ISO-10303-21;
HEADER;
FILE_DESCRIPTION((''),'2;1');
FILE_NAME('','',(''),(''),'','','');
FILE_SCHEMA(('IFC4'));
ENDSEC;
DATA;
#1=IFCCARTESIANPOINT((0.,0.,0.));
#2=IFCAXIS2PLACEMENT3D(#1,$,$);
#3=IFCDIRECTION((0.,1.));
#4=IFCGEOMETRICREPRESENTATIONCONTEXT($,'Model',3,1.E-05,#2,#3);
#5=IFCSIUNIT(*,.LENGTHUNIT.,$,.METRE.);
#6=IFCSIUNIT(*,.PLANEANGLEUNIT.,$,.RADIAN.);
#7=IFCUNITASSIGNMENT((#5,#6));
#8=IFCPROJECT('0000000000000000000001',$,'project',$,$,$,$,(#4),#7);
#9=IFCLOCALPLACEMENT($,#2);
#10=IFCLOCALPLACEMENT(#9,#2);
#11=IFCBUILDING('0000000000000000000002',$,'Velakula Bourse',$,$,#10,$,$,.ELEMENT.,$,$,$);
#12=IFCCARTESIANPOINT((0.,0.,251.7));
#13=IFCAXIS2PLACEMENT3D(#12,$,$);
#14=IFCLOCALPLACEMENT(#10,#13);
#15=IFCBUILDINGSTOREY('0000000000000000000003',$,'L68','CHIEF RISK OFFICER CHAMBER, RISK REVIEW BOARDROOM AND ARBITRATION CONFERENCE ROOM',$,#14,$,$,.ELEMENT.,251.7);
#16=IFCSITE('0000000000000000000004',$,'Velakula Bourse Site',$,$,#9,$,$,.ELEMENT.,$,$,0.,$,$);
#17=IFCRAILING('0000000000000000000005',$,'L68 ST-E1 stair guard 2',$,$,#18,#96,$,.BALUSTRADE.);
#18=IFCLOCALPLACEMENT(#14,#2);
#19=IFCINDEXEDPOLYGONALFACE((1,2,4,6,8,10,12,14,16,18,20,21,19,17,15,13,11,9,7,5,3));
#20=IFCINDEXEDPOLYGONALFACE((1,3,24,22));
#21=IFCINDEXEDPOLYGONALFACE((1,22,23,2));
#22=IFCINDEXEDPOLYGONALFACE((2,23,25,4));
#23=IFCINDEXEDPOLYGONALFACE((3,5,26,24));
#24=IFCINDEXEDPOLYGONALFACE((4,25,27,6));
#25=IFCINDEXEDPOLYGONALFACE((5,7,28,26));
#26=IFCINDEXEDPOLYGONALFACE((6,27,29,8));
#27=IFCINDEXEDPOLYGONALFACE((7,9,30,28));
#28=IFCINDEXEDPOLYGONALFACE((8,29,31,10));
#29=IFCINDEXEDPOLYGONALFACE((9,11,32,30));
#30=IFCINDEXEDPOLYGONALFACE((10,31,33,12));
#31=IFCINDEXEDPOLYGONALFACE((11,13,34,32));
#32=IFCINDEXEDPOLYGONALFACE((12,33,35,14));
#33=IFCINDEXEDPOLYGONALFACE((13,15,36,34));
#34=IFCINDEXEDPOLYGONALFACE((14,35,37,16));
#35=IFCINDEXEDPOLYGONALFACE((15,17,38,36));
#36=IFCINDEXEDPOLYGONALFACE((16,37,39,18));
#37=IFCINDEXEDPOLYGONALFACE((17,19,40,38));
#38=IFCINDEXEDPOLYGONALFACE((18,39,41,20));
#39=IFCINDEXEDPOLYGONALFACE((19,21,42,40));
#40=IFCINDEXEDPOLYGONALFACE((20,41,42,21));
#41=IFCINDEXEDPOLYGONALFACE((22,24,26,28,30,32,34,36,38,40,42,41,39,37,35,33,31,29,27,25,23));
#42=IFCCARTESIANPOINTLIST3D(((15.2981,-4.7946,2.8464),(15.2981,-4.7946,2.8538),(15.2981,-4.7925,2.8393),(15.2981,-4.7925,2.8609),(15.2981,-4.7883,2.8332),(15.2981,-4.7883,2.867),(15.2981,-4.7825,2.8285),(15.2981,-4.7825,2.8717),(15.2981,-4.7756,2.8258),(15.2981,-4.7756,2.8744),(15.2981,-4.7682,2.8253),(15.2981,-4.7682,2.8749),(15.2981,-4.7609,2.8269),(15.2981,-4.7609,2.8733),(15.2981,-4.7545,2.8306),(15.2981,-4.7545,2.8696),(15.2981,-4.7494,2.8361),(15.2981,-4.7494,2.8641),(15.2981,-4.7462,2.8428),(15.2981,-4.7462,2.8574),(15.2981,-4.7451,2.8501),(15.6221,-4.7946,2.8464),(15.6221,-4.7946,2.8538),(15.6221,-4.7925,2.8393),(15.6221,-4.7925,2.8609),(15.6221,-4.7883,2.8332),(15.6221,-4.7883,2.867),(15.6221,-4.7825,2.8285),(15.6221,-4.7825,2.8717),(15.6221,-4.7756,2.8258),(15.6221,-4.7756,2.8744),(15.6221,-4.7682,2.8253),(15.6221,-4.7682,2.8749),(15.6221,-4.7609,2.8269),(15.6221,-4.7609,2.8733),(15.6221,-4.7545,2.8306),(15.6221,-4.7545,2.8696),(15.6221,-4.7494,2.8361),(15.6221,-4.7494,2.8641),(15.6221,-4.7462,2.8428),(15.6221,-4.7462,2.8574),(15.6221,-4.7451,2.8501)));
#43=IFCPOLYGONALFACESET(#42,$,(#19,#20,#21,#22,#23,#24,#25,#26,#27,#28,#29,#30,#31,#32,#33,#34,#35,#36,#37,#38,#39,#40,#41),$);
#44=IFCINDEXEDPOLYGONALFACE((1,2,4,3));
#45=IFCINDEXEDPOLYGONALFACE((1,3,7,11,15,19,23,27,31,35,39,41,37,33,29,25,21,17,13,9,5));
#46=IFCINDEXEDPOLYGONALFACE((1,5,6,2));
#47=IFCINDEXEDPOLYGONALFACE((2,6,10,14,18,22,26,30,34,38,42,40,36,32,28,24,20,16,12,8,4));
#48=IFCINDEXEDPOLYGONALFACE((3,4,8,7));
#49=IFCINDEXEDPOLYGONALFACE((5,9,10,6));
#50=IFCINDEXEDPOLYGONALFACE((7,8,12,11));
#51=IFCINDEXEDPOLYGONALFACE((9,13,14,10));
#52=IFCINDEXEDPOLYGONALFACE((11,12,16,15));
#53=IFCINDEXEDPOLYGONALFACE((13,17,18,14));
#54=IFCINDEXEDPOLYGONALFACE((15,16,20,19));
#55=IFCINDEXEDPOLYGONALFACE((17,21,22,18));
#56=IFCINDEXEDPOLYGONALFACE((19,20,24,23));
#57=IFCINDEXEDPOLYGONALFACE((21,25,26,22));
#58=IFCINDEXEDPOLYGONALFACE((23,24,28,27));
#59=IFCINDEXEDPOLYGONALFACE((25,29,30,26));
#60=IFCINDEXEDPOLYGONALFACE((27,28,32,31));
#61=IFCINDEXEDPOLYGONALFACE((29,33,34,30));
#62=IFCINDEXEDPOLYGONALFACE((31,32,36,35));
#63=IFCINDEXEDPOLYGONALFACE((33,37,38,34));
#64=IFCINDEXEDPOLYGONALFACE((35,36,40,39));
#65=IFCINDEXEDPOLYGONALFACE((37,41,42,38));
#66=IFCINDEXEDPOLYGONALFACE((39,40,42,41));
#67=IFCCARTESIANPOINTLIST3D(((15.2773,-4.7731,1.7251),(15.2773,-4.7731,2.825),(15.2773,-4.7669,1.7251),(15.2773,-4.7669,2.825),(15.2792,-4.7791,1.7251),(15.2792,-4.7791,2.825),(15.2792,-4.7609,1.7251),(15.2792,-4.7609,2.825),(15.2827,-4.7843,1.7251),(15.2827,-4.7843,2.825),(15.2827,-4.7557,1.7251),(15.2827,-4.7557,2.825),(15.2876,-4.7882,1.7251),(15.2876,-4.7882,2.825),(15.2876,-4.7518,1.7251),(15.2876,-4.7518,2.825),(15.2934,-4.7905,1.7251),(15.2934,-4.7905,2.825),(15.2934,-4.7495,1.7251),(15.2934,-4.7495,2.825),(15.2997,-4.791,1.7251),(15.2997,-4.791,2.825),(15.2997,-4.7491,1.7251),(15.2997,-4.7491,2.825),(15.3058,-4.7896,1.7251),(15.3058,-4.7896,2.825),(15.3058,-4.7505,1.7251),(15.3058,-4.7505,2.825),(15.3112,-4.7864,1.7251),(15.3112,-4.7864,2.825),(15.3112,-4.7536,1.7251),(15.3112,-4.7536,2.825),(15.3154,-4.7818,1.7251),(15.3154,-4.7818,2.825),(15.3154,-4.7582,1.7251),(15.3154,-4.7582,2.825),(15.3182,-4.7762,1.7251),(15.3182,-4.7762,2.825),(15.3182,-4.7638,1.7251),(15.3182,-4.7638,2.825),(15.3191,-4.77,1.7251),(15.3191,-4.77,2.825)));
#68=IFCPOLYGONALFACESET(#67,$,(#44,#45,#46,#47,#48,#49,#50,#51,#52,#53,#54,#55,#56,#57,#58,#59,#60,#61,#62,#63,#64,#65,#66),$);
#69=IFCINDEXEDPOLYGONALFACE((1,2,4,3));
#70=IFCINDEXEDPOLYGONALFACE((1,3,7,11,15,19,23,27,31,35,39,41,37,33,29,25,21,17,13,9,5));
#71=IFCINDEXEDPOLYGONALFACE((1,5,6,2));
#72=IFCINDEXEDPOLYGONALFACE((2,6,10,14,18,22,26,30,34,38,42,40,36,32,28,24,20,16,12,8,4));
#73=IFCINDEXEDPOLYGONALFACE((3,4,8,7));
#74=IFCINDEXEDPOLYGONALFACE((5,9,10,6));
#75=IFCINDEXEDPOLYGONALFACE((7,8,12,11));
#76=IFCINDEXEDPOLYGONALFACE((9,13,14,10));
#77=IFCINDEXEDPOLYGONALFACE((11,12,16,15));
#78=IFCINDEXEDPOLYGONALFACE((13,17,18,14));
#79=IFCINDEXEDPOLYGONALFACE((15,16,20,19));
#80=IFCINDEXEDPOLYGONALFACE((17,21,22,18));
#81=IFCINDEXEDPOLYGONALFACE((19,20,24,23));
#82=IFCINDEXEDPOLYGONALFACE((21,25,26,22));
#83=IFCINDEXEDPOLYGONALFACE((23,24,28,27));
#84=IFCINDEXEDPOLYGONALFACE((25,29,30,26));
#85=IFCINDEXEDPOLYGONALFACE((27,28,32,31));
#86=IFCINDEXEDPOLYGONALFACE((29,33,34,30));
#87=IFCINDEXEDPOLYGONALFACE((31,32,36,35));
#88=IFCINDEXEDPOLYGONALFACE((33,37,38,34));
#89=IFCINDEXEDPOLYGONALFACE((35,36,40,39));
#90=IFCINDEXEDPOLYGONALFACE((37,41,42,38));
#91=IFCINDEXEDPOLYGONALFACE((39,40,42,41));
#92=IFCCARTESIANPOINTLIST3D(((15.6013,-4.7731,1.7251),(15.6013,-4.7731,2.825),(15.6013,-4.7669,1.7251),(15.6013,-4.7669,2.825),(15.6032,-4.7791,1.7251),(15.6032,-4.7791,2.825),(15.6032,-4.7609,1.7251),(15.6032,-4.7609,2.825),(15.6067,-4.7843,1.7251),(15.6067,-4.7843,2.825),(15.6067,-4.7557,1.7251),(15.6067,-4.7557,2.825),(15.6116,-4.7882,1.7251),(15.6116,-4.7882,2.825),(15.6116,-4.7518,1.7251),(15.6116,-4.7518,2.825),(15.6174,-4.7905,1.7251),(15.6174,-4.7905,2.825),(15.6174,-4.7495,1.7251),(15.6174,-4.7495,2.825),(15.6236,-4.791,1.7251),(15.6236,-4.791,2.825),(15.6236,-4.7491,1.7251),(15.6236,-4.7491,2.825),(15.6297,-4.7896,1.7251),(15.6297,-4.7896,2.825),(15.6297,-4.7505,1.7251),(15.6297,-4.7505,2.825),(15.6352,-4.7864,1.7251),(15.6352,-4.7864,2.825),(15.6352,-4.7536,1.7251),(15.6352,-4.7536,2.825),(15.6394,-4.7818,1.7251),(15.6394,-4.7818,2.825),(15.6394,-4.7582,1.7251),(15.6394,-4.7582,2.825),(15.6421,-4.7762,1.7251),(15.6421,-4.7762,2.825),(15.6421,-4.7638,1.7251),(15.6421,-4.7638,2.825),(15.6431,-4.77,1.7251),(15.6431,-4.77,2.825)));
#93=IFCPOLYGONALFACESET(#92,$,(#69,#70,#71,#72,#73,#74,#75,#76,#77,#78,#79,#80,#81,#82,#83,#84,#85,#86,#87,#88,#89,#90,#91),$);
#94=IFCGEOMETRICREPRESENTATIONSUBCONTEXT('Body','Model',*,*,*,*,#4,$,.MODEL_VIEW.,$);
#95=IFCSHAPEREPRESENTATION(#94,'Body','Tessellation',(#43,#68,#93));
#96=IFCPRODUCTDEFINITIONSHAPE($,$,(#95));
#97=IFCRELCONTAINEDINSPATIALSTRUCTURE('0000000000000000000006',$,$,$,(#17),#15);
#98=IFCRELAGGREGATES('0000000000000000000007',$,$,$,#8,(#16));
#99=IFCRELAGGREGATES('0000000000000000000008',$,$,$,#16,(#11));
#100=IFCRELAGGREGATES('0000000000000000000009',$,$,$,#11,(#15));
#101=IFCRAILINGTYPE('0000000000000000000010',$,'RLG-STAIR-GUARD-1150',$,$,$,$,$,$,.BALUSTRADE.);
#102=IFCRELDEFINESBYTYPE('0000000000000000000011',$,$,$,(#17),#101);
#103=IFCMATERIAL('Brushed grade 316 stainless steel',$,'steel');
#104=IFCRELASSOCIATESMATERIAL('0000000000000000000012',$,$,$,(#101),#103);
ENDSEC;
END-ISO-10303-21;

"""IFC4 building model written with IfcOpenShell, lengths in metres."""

from ifc_helpers import new_model, si_unit, direction, frame, origin, origin_2d, place, context, subcontext, project, spatial, circle, extrude, material, type_object, element, save


model = new_model("IFC4")

# Units and contexts
model_context = context("Model", 3, precision=1e-05, world=origin(), true_north=direction((0.0, 1.0)))
body_context = subcontext(model_context, "Body", "Model", "MODEL_VIEW")
ifc_project = project(units=[si_unit("LENGTHUNIT", "METRE"), si_unit("PLANEANGLEUNIT", "RADIAN")], contexts=[model_context])

# Site, building, storey
site_placement = place(None, origin())
site = spatial("IfcSite", under=ifc_project, at=site_placement, Name="Velakula Bourse Site", CompositionType="ELEMENT", RefElevation=0.0)
building_placement = place(site_placement, origin())
building = spatial("IfcBuilding", under=site, at=building_placement, Name="Velakula Bourse", CompositionType="ELEMENT")
storey_placement = place(building_placement, frame((0.0, 0.0, 251.7)))
storey = spatial("IfcBuildingStorey", under=building, at=storey_placement, Name="L68", Description="CHIEF RISK OFFICER CHAMBER, RISK REVIEW BOARDROOM AND ARBITRATION CONFERENCE ROOM", CompositionType="ELEMENT", Elevation=251.7)

# Shared definitions
ifc_material_1 = material(Name="Brushed grade 316 stainless steel", Category="steel")

# Railing
railing_type_1 = type_object("IfcRailingType", Name="RLG-STAIR-GUARD-1150", PredefinedType="BALUSTRADE", material=ifc_material_1)
railing_1_placement = place(storey_placement, frame((15.2981, -4.77, 1.7251)))
element("IfcRailing", 1, at=railing_1_placement, inside=storey, type_object=railing_type_1, Name="L68 ST-E1 stair guard 2", PredefinedType="BALUSTRADE", context=body_context, shape_type="SweptSolid", body=[
    extrude(circle(Radius=0.0249, at=origin_2d()), frame((0.0, 0.0, 1.125), z_axis=(1.0, 0.0, 0.0), x_axis=(0.0, 1.0, 0.0)), (0.0, 0.0, 1.0), 0.324),
    extrude(circle(Radius=0.021, at=origin_2d()), origin(), (0.0, 0.0, 1.0), 1.0999),
    extrude(circle(Radius=0.021, at=origin_2d()), frame((0.324, 0.0, 0.0)), (0.0, 0.0, 1.0), 1.0999),
])

save(model, "model.ifc")
